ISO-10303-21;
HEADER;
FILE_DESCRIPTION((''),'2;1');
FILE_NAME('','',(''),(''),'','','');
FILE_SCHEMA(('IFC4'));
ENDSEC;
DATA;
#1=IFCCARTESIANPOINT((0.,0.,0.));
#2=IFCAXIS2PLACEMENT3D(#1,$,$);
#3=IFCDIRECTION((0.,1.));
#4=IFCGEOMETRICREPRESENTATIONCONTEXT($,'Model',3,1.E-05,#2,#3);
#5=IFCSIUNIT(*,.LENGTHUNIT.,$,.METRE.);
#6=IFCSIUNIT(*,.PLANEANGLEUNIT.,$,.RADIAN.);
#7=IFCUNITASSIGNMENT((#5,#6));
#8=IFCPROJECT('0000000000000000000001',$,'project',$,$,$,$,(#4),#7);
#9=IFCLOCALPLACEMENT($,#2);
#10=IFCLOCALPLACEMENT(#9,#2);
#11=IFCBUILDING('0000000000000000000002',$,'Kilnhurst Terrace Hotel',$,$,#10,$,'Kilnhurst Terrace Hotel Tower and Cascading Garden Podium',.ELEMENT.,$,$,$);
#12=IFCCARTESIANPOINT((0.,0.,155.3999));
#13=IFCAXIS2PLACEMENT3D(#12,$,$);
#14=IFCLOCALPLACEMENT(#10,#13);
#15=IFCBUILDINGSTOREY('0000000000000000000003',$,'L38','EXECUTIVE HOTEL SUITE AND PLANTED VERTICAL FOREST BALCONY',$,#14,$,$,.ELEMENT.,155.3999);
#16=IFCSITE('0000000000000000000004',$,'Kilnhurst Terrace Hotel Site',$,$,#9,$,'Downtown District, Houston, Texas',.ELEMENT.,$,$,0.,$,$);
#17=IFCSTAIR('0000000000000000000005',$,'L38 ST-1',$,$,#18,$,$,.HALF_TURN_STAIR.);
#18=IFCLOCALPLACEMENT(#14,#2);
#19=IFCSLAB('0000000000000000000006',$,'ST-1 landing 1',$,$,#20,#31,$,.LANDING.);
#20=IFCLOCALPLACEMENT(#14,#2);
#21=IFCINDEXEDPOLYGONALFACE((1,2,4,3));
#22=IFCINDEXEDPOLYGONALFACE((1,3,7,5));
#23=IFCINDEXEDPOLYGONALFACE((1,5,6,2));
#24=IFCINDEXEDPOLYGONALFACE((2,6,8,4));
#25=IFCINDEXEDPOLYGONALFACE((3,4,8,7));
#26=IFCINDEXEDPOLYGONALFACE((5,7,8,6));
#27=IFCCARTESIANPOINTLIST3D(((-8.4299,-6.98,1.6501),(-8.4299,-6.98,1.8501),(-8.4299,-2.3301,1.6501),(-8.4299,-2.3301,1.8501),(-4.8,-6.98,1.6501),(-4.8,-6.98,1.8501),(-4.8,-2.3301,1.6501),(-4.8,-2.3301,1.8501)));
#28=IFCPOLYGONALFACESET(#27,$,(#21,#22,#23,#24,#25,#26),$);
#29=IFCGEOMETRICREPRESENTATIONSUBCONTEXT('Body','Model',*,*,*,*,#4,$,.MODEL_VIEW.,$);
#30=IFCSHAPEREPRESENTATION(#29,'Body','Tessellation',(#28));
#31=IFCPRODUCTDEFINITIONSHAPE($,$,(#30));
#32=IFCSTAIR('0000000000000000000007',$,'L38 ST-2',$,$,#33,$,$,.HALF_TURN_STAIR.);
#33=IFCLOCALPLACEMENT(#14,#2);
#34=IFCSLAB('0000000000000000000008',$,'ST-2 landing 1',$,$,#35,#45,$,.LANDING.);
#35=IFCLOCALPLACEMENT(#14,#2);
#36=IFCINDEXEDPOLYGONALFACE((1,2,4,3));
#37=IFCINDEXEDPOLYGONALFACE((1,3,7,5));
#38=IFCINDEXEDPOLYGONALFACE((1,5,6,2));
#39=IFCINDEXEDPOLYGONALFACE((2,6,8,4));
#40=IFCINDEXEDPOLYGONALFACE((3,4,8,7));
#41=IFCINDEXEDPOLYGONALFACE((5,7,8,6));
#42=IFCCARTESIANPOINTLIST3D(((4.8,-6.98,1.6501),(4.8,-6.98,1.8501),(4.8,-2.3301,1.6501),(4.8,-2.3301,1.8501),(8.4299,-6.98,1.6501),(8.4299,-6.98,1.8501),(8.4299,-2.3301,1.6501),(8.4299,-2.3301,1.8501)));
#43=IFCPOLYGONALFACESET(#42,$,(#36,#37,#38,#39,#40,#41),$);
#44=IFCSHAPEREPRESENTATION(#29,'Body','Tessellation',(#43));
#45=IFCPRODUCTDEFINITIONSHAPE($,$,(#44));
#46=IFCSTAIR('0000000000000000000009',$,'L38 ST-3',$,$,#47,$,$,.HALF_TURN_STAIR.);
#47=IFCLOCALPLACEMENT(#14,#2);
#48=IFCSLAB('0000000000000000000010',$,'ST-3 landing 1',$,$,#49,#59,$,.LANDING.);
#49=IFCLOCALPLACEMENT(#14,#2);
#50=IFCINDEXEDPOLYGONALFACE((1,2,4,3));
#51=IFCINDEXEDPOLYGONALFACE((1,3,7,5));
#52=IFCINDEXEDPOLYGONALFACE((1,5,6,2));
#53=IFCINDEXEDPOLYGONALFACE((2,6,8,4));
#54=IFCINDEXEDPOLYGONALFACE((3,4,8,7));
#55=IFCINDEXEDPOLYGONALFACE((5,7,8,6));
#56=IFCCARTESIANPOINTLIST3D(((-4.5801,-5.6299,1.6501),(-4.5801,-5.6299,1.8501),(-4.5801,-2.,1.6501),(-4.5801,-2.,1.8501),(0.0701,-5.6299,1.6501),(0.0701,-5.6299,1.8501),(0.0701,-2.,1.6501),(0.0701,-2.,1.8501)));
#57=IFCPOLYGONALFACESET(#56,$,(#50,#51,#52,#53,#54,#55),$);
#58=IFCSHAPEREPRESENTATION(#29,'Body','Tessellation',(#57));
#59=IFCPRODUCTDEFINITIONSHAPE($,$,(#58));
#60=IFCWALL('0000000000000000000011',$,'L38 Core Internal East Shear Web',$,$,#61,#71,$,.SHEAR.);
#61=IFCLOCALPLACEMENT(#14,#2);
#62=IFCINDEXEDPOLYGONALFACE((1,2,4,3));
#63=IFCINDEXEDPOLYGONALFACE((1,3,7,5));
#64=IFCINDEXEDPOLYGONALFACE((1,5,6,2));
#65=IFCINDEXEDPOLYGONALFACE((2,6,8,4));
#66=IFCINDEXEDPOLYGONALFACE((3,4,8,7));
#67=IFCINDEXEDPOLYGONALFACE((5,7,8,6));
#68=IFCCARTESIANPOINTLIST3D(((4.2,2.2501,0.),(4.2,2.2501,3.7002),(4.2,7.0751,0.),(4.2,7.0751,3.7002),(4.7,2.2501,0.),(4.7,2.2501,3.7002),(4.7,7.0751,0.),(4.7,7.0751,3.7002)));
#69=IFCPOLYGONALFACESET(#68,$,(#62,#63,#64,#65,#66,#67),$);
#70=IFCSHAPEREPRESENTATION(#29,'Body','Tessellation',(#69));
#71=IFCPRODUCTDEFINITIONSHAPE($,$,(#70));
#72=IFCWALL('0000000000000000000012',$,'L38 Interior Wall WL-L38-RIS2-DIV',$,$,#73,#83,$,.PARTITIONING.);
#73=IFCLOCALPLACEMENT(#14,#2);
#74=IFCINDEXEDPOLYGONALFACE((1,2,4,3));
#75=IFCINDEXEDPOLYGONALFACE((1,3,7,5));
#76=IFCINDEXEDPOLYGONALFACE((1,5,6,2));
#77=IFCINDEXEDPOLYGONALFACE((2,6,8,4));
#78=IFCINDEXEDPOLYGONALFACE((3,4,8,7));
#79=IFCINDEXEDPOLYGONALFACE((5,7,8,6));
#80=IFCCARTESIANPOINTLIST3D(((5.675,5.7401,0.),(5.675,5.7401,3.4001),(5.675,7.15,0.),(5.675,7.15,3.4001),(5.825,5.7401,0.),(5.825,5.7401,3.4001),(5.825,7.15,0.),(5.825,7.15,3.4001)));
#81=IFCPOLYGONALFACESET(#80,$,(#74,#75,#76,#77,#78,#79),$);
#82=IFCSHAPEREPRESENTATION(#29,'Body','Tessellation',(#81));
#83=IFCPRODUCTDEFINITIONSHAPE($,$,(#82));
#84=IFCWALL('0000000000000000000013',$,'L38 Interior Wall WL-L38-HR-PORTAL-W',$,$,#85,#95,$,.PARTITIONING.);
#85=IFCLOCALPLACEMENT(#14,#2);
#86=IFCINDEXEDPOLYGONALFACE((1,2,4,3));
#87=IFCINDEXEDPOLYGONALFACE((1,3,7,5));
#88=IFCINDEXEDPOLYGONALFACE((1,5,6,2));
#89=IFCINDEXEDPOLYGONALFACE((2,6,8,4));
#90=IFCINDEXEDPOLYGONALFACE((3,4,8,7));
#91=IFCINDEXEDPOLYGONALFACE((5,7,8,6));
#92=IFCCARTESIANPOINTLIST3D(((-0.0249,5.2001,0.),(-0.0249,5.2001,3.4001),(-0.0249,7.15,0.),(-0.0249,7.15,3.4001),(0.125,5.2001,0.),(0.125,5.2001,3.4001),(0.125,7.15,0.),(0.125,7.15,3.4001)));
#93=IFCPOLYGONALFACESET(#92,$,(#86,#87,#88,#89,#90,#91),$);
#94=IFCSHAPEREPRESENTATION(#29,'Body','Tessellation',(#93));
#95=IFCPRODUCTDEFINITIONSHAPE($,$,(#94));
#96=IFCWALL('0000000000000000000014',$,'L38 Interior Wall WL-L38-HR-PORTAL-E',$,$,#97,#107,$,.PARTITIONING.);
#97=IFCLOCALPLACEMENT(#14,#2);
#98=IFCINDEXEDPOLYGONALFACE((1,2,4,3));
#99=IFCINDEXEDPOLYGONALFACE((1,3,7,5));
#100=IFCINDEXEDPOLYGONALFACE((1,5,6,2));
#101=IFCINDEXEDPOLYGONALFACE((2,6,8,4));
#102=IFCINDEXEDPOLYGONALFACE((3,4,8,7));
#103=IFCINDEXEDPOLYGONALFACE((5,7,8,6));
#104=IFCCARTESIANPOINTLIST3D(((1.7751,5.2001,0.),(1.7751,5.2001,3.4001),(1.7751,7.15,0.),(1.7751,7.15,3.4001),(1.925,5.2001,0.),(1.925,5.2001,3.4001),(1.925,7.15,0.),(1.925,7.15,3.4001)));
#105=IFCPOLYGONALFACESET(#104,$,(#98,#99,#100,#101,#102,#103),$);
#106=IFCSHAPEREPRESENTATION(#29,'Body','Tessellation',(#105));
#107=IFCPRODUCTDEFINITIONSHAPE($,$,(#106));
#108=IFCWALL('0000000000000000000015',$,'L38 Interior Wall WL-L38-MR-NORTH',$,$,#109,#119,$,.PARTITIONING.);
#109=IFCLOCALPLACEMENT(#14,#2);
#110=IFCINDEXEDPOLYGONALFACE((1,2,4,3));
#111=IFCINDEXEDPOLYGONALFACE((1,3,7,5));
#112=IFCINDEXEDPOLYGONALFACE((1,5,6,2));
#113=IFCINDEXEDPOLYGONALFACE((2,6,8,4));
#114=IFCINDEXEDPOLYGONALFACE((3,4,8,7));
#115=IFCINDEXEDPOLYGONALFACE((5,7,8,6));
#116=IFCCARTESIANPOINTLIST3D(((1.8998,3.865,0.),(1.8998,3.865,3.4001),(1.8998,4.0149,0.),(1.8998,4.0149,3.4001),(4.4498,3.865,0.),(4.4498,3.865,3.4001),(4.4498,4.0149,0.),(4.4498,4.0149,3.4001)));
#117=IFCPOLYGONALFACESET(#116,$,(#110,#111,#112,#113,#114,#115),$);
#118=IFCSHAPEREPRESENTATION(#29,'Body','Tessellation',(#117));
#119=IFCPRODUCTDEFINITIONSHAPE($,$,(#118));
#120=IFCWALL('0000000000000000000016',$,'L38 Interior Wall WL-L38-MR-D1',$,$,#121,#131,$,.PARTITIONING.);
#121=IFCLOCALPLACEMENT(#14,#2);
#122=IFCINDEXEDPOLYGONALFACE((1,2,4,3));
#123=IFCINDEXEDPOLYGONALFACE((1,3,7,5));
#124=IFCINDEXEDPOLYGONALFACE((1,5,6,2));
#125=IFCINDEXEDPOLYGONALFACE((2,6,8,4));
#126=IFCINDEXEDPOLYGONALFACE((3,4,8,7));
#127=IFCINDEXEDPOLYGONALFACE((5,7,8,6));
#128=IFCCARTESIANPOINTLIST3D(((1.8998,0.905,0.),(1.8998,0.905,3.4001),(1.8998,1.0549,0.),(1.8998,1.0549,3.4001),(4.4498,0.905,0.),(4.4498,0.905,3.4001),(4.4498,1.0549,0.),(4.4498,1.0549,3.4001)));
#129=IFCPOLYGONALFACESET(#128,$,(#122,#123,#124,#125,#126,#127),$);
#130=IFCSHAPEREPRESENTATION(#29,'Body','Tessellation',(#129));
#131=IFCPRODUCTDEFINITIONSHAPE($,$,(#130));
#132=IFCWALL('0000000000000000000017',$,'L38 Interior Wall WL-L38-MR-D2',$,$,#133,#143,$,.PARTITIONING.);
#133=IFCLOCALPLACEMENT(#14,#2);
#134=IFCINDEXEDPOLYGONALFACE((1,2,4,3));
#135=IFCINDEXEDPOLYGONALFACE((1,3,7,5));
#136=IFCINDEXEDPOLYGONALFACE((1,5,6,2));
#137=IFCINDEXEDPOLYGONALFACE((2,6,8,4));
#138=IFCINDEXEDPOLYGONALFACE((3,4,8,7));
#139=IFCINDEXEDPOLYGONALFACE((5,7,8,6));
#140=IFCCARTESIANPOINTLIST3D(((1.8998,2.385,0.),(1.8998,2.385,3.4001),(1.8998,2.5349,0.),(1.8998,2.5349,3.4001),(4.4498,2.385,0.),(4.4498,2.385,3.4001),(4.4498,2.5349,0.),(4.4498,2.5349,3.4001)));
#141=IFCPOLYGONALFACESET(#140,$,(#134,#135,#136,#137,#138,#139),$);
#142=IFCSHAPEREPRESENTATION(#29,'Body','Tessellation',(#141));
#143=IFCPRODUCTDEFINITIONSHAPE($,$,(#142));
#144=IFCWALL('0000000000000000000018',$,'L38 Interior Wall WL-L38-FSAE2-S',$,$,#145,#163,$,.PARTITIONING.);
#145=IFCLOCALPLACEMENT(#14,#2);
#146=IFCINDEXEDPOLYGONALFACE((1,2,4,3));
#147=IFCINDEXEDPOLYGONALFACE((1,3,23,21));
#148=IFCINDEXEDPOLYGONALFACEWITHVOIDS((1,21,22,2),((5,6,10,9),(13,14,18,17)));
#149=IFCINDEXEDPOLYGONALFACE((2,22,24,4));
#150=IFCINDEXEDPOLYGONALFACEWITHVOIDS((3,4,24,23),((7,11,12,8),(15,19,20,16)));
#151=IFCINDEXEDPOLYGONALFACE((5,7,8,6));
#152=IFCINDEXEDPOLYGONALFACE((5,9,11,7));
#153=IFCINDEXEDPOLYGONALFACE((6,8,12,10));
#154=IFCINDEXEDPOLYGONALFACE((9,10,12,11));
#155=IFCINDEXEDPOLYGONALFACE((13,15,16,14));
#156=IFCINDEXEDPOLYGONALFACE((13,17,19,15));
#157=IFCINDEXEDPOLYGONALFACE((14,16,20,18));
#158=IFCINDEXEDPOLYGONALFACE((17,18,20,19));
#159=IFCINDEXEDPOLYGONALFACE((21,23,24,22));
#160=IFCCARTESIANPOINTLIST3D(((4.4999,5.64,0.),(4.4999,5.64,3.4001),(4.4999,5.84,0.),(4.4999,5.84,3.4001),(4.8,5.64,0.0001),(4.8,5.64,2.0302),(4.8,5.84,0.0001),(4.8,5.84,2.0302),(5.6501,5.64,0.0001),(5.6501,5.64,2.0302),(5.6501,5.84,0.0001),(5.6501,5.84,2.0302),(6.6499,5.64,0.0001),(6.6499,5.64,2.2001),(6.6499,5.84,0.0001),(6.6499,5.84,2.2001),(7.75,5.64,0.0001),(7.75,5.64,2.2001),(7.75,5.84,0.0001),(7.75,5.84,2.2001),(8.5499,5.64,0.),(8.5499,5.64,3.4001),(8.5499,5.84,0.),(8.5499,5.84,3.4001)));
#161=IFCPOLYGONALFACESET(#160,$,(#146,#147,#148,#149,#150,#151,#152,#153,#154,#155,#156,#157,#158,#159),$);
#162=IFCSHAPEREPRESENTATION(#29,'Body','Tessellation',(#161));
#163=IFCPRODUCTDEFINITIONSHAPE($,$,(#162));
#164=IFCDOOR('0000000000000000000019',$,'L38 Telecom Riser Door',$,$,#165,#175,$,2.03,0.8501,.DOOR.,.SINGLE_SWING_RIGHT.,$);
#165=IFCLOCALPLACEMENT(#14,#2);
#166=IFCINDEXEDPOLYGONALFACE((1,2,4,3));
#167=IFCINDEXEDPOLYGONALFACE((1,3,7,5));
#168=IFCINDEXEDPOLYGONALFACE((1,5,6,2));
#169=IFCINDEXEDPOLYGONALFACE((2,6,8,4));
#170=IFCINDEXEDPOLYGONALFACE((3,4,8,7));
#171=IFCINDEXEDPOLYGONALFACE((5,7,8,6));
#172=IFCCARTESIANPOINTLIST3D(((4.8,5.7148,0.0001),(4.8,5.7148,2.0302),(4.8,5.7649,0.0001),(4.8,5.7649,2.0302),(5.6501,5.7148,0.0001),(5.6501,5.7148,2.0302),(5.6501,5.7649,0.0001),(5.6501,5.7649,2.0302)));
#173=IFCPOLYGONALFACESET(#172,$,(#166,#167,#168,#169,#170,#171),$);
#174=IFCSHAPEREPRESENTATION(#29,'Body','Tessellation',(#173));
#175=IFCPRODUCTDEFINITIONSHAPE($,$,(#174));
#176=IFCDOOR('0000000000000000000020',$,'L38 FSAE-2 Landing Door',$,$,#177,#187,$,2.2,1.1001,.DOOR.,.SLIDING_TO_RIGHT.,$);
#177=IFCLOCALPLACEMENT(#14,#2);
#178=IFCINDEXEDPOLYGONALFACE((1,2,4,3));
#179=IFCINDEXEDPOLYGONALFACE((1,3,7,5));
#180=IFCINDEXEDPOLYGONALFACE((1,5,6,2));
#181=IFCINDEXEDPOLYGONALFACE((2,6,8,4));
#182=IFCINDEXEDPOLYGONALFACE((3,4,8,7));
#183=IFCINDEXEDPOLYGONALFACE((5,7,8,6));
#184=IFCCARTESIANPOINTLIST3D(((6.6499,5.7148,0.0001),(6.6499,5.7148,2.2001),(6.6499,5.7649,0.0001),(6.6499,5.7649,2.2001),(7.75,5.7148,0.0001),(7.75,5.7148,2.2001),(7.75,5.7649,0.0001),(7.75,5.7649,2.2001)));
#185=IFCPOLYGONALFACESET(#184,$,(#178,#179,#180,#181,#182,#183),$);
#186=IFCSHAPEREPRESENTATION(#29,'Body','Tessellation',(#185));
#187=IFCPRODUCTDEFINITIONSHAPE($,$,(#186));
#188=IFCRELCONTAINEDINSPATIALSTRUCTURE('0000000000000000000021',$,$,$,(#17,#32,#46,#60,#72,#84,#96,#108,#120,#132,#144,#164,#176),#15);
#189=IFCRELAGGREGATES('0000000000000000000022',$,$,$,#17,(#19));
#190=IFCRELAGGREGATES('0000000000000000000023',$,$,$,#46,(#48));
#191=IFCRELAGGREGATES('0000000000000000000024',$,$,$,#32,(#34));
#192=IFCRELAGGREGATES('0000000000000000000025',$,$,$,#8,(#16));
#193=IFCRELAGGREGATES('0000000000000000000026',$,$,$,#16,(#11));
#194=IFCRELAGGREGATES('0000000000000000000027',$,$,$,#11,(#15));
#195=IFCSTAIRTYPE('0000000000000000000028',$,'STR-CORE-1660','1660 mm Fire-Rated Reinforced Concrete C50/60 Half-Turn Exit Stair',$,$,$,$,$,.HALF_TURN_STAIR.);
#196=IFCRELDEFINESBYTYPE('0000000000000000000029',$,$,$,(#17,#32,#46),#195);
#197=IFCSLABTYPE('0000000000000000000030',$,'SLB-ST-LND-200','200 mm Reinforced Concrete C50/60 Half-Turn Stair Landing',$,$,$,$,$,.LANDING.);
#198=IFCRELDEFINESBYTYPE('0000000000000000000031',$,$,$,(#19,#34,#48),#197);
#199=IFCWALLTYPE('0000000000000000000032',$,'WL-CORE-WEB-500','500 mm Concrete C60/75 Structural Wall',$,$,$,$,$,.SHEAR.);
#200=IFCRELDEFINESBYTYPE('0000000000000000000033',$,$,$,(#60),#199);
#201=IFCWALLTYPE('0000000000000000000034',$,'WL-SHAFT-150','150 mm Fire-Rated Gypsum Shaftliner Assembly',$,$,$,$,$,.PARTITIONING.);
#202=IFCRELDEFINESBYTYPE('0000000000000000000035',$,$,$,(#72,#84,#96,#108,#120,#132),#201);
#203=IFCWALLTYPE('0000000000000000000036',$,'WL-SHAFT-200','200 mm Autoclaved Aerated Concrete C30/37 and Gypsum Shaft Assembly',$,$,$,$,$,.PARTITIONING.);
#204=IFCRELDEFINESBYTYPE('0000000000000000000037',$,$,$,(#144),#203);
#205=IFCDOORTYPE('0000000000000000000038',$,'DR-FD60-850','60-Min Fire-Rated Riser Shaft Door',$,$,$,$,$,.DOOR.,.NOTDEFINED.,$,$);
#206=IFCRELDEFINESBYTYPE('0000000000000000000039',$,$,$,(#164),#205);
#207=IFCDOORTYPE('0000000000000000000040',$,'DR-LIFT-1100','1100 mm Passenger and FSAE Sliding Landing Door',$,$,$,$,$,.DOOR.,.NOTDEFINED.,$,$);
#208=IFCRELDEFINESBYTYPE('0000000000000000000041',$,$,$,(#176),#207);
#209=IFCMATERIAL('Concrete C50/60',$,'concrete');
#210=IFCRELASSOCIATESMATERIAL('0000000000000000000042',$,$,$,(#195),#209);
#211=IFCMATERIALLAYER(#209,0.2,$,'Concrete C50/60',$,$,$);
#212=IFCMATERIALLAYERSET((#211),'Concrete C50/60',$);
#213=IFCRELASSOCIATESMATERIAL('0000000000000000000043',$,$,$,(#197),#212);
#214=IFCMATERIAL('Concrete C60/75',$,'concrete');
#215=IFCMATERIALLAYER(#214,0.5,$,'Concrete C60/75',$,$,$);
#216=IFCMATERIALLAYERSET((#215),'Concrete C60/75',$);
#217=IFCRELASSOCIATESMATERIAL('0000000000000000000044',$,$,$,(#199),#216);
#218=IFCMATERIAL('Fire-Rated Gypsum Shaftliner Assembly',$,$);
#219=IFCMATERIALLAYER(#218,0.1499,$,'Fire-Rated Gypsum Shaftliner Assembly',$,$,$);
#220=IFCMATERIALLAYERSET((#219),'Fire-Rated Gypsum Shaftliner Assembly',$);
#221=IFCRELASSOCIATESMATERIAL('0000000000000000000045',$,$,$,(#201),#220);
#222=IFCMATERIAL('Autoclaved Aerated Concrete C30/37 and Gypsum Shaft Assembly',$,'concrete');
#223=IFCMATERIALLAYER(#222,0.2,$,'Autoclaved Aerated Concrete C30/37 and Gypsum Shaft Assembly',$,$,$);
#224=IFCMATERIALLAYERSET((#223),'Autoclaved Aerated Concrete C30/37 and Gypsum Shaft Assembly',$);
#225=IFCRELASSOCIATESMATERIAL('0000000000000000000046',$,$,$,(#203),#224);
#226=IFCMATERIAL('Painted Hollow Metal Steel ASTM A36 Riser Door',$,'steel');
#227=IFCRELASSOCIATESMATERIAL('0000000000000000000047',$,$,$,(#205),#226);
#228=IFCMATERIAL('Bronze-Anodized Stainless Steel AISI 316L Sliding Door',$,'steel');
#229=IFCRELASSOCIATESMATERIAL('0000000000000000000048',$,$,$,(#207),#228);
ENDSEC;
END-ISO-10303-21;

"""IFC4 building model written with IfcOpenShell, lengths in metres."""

from ifc_helpers import new_model, si_unit, direction, frame, frame_2d, origin, place, context, subcontext, project, spatial, polyline, rectangle, outline, extrude, material, layer, layer_set, type_object, element, fill, aggregate, save


model = new_model("IFC4")

# Units and contexts
model_context = context("Model", 3, precision=1e-05, world=origin(), true_north=direction((0.0, 1.0)))
body_context = subcontext(model_context, "Body", "Model", "MODEL_VIEW")
ifc_project = project(units=[si_unit("LENGTHUNIT", "METRE"), si_unit("PLANEANGLEUNIT", "RADIAN")], contexts=[model_context])

# Site, building, storey
site_placement = place(None, origin())
site = spatial("IfcSite", under=ifc_project, at=site_placement, Name="Kilnhurst Terrace Hotel Site", LongName="Downtown District, Houston, Texas", CompositionType="ELEMENT", RefElevation=0.0)
building_placement = place(site_placement, origin())
building = spatial("IfcBuilding", under=site, at=building_placement, Name="Kilnhurst Terrace Hotel", LongName="Kilnhurst Terrace Hotel Tower and Cascading Garden Podium", CompositionType="ELEMENT")
storey_placement = place(building_placement, frame((0.0, 0.0, 155.3999)))
storey = spatial("IfcBuildingStorey", under=building, at=storey_placement, Name="L38", Description="EXECUTIVE HOTEL SUITE AND PLANTED VERTICAL FOREST BALCONY", CompositionType="ELEMENT", Elevation=155.3999)

# Stairs, slabs
ifc_material_1 = material(Name="Concrete C50/60", Category="concrete")
stair_type = type_object("IfcStairType", Name="STR-CORE-1660", Description="1660 mm Fire-Rated Reinforced Concrete C50/60 Half-Turn Exit Stair", PredefinedType="HALF_TURN_STAIR", material=ifc_material_1)
stair_1_placement = place(storey_placement, origin())
stair_1 = element("IfcStair", 1, at=stair_1_placement, inside=storey, type_object=stair_type, Name="L38 ST-1", PredefinedType="HALF_TURN_STAIR")
ifc_layer_1 = layer(ifc_material_1, 0.2, Name="Concrete C50/60")
ifc_layer_set_1 = layer_set([ifc_layer_1], Name="Concrete C50/60")
slab_type = type_object("IfcSlabType", Name="SLB-ST-LND-200", Description="200 mm Reinforced Concrete C50/60 Half-Turn Stair Landing", PredefinedType="LANDING", material=ifc_layer_set_1)
slab_1_placement = place(storey_placement, frame((0.0, 0.0, 1.6501)))
slab_1 = element("IfcSlab", 2, at=slab_1_placement, type_object=slab_type, Name="ST-1 landing 1", PredefinedType="LANDING", context=body_context, shape_type="SweptSolid", body=[
    extrude(outline(polyline([(-8.4299, -2.3301), (-4.8, -2.3301), (-4.8, -6.98), (-8.4299, -6.98), (-8.4299, -2.3301)])), origin(), (0.0, 0.0, 1.0), 0.2),
])
aggregate(stair_1, [slab_1])
stair_2_placement = place(storey_placement, origin())
stair_2 = element("IfcStair", 3, at=stair_2_placement, inside=storey, type_object=stair_type, Name="L38 ST-2", PredefinedType="HALF_TURN_STAIR")
slab_2_placement = place(storey_placement, frame((0.0, 0.0, 1.6501)))
slab_2 = element("IfcSlab", 4, at=slab_2_placement, type_object=slab_type, Name="ST-2 landing 1", PredefinedType="LANDING", context=body_context, shape_type="SweptSolid", body=[
    extrude(outline(polyline([(4.8, -2.3301), (8.4299, -2.3301), (8.4299, -6.98), (4.8, -6.98), (4.8, -2.3301)])), origin(), (0.0, 0.0, 1.0), 0.2),
])
stair_3_placement = place(storey_placement, origin())
stair_3 = element("IfcStair", 5, at=stair_3_placement, inside=storey, type_object=stair_type, Name="L38 ST-3", PredefinedType="HALF_TURN_STAIR")
slab_3_placement = place(storey_placement, frame((0.0, 0.0, 1.6501)))
slab_3 = element("IfcSlab", 6, at=slab_3_placement, type_object=slab_type, Name="ST-3 landing 1", PredefinedType="LANDING", context=body_context, shape_type="SweptSolid", body=[
    extrude(outline(polyline([(0.0701, -2.0), (0.0701, -5.6299), (-4.5801, -5.6299), (-4.5801, -2.0), (0.0701, -2.0)])), origin(), (0.0, 0.0, 1.0), 0.2),
])
aggregate(stair_3, [slab_3])

# Walls
ifc_material_2 = material(Name="Concrete C60/75", Category="concrete")
ifc_layer_2 = layer(ifc_material_2, 0.5, Name="Concrete C60/75")
ifc_layer_set_2 = layer_set([ifc_layer_2], Name="Concrete C60/75")
wall_type_1 = type_object("IfcWallType", Name="WL-CORE-WEB-500", Description="500 mm Concrete C60/75 Structural Wall", PredefinedType="SHEAR", material=ifc_layer_set_2)
wall_1_placement = place(storey_placement, frame((4.45, 2.25, 0.0), z_axis=(0.0, 0.0, 1.0), x_axis=(0.0, 1.0, 0.0)))
element("IfcWall", 7, at=wall_1_placement, inside=storey, type_object=wall_type_1, Name="L38 Core Internal East Shear Web", PredefinedType="SHEAR", context=body_context, shape_type="SweptSolid", body=[
    extrude(rectangle(XDim=4.825, YDim=0.5, at=frame_2d((2.4126, 0.0))), origin(), (0.0, 0.0, 1.0), 3.7002),
])
ifc_material_3 = material(Name="Fire-Rated Gypsum Shaftliner Assembly")
ifc_layer_3 = layer(ifc_material_3, 0.1499, Name="Fire-Rated Gypsum Shaftliner Assembly")
ifc_layer_set_3 = layer_set([ifc_layer_3], Name="Fire-Rated Gypsum Shaftliner Assembly")
wall_type_2 = type_object("IfcWallType", Name="WL-SHAFT-150", Description="150 mm Fire-Rated Gypsum Shaftliner Assembly", PredefinedType="PARTITIONING", material=ifc_layer_set_3)
wall_2_placement = place(storey_placement, frame((5.75, 5.74, 0.0), z_axis=(0.0, 0.0, 1.0), x_axis=(0.0, 1.0, 0.0)))
element("IfcWall", 8, at=wall_2_placement, inside=storey, type_object=wall_type_2, Name="L38 Interior Wall WL-L38-RIS2-DIV", PredefinedType="PARTITIONING", context=body_context, shape_type="SweptSolid", body=[
    extrude(rectangle(XDim=1.4099, YDim=0.1499, at=frame_2d((0.7051, 0.0))), origin(), (0.0, 0.0, 1.0), 3.4001),
])
for number, where, z_axis, x_axis, name in (
    (9, (0.05, 5.2, 0.0), (0.0, 0.0, 1.0), (0.0, 1.0, 0.0), "L38 Interior Wall WL-L38-HR-PORTAL-W"),
    (10, (1.8501, 5.2, 0.0), (0.0, 0.0, 1.0), (0.0, 1.0, 0.0), "L38 Interior Wall WL-L38-HR-PORTAL-E"),
):
    element("IfcWall", number, at=place(storey_placement, frame(where, z_axis=z_axis, x_axis=x_axis)), inside=storey, type_object=wall_type_2, Name=name, PredefinedType="PARTITIONING", context=body_context, shape_type="SweptSolid", body=[
        extrude(rectangle(XDim=1.95, YDim=0.1499, at=frame_2d((0.9751, 0.0))), origin(), (0.0, 0.0, 1.0), 3.4001),
    ])
for number, where, z_axis, x_axis, name in (
    (11, (1.8999, 3.9399, 0.0), (0.0, 0.0, 1.0), (1.0, 0.0, 0.0), "L38 Interior Wall WL-L38-MR-NORTH"),
    (12, (1.8999, 0.98, 0.0), (0.0, 0.0, 1.0), (1.0, 0.0, 0.0), "L38 Interior Wall WL-L38-MR-D1"),
    (13, (1.8999, 2.46, 0.0), (0.0, 0.0, 1.0), (1.0, 0.0, 0.0), "L38 Interior Wall WL-L38-MR-D2"),
):
    element("IfcWall", number, at=place(storey_placement, frame(where, z_axis=z_axis, x_axis=x_axis)), inside=storey, type_object=wall_type_2, Name=name, PredefinedType="PARTITIONING", context=body_context, shape_type="SweptSolid", body=[
        extrude(rectangle(XDim=2.55, YDim=0.1499, at=frame_2d((1.2749, 0.0))), origin(), (0.0, 0.0, 1.0), 3.4001),
    ])

# Wall, openings, doors
ifc_material_4 = material(Name="Autoclaved Aerated Concrete C30/37 and Gypsum Shaft Assembly", Category="concrete")
ifc_layer_4 = layer(ifc_material_4, 0.2, Name="Autoclaved Aerated Concrete C30/37 and Gypsum Shaft Assembly")
ifc_layer_set_4 = layer_set([ifc_layer_4], Name="Autoclaved Aerated Concrete C30/37 and Gypsum Shaft Assembly")
wall_type_3 = type_object("IfcWallType", Name="WL-SHAFT-200", Description="200 mm Autoclaved Aerated Concrete C30/37 and Gypsum Shaft Assembly", PredefinedType="PARTITIONING", material=ifc_layer_set_4)
wall_3_placement = place(storey_placement, frame((4.5, 5.74, 0.0), z_axis=(0.0, 0.0, 1.0), x_axis=(1.0, 0.0, 0.0)))
wall_3 = element("IfcWall", 14, at=wall_3_placement, inside=storey, type_object=wall_type_3, Name="L38 Interior Wall WL-L38-FSAE2-S", PredefinedType="PARTITIONING", context=body_context, shape_type="SweptSolid", body=[
    extrude(rectangle(XDim=4.05, YDim=0.2, at=frame_2d((2.0249, 0.0))), origin(), (0.0, 0.0, 1.0), 3.4001),
])
opening_1_placement = place(wall_3_placement, frame((0.3, 0.0, 0.0)))
opening_1 = element("IfcOpeningElement", 15, at=opening_1_placement, cuts=wall_3, PredefinedType="OPENING", context=body_context, shape_type="SweptSolid", body=[
    extrude(rectangle(XDim=0.8501, YDim=2.03, at=frame_2d((0.425, 1.0151))), frame((0.0, 0.1099, 0.0), z_axis=(0.0, -1.0, 0.0), x_axis=(1.0, 0.0, 0.0)), (0.0, 0.0, 1.0), 0.22),
])
opening_2_placement = place(wall_3_placement, frame((2.1499, 0.0, 0.0)))
opening_2 = element("IfcOpeningElement", 16, at=opening_2_placement, cuts=wall_3, PredefinedType="OPENING", context=body_context, shape_type="SweptSolid", body=[
    extrude(rectangle(XDim=1.1001, YDim=2.2, at=frame_2d((0.55, 1.1001))), frame((0.0, 0.1099, 0.0), z_axis=(0.0, -1.0, 0.0), x_axis=(1.0, 0.0, 0.0)), (0.0, 0.0, 1.0), 0.22),
])
ifc_material_5 = material(Name="Painted Hollow Metal Steel ASTM A36 Riser Door", Category="steel")
door_type_1 = type_object("IfcDoorType", Name="DR-FD60-850", Description="60-Min Fire-Rated Riser Shaft Door", OperationType="NOTDEFINED", PredefinedType="DOOR", material=ifc_material_5)
door_1_placement = place(opening_1_placement, origin())
door_1 = element("IfcDoor", 17, at=door_1_placement, inside=storey, type_object=door_type_1, Name="L38 Telecom Riser Door", OperationType="SINGLE_SWING_RIGHT", OverallHeight=2.03, OverallWidth=0.8501, PredefinedType="DOOR", context=body_context, shape_type="SweptSolid", body=[
    extrude(rectangle(XDim=0.8501, YDim=2.03, at=frame_2d((0.425, 1.0151))), frame((0.0, 0.0249, 0.0), z_axis=(0.0, -1.0, 0.0), x_axis=(1.0, 0.0, 0.0)), (0.0, 0.0, 1.0), 0.05),
])
fill(opening_1, door_1)
ifc_material_6 = material(Name="Bronze-Anodized Stainless Steel AISI 316L Sliding Door", Category="steel")
door_type_2 = type_object("IfcDoorType", Name="DR-LIFT-1100", Description="1100 mm Passenger and FSAE Sliding Landing Door", OperationType="NOTDEFINED", PredefinedType="DOOR", material=ifc_material_6)
door_2_placement = place(opening_2_placement, origin())
door_2 = element("IfcDoor", 18, at=door_2_placement, inside=storey, type_object=door_type_2, Name="L38 FSAE-2 Landing Door", OperationType="SLIDING_TO_RIGHT", OverallHeight=2.2, OverallWidth=1.1001, PredefinedType="DOOR", context=body_context, shape_type="SweptSolid", body=[
    extrude(rectangle(XDim=1.1001, YDim=2.2, at=frame_2d((0.55, 1.1001))), frame((0.0, 0.0249, 0.0), z_axis=(0.0, -1.0, 0.0), x_axis=(1.0, 0.0, 0.0)), (0.0, 0.0, 1.0), 0.05),
])
fill(opening_2, door_2)

aggregate(stair_2, [slab_2])

save(model, "model.ifc")
